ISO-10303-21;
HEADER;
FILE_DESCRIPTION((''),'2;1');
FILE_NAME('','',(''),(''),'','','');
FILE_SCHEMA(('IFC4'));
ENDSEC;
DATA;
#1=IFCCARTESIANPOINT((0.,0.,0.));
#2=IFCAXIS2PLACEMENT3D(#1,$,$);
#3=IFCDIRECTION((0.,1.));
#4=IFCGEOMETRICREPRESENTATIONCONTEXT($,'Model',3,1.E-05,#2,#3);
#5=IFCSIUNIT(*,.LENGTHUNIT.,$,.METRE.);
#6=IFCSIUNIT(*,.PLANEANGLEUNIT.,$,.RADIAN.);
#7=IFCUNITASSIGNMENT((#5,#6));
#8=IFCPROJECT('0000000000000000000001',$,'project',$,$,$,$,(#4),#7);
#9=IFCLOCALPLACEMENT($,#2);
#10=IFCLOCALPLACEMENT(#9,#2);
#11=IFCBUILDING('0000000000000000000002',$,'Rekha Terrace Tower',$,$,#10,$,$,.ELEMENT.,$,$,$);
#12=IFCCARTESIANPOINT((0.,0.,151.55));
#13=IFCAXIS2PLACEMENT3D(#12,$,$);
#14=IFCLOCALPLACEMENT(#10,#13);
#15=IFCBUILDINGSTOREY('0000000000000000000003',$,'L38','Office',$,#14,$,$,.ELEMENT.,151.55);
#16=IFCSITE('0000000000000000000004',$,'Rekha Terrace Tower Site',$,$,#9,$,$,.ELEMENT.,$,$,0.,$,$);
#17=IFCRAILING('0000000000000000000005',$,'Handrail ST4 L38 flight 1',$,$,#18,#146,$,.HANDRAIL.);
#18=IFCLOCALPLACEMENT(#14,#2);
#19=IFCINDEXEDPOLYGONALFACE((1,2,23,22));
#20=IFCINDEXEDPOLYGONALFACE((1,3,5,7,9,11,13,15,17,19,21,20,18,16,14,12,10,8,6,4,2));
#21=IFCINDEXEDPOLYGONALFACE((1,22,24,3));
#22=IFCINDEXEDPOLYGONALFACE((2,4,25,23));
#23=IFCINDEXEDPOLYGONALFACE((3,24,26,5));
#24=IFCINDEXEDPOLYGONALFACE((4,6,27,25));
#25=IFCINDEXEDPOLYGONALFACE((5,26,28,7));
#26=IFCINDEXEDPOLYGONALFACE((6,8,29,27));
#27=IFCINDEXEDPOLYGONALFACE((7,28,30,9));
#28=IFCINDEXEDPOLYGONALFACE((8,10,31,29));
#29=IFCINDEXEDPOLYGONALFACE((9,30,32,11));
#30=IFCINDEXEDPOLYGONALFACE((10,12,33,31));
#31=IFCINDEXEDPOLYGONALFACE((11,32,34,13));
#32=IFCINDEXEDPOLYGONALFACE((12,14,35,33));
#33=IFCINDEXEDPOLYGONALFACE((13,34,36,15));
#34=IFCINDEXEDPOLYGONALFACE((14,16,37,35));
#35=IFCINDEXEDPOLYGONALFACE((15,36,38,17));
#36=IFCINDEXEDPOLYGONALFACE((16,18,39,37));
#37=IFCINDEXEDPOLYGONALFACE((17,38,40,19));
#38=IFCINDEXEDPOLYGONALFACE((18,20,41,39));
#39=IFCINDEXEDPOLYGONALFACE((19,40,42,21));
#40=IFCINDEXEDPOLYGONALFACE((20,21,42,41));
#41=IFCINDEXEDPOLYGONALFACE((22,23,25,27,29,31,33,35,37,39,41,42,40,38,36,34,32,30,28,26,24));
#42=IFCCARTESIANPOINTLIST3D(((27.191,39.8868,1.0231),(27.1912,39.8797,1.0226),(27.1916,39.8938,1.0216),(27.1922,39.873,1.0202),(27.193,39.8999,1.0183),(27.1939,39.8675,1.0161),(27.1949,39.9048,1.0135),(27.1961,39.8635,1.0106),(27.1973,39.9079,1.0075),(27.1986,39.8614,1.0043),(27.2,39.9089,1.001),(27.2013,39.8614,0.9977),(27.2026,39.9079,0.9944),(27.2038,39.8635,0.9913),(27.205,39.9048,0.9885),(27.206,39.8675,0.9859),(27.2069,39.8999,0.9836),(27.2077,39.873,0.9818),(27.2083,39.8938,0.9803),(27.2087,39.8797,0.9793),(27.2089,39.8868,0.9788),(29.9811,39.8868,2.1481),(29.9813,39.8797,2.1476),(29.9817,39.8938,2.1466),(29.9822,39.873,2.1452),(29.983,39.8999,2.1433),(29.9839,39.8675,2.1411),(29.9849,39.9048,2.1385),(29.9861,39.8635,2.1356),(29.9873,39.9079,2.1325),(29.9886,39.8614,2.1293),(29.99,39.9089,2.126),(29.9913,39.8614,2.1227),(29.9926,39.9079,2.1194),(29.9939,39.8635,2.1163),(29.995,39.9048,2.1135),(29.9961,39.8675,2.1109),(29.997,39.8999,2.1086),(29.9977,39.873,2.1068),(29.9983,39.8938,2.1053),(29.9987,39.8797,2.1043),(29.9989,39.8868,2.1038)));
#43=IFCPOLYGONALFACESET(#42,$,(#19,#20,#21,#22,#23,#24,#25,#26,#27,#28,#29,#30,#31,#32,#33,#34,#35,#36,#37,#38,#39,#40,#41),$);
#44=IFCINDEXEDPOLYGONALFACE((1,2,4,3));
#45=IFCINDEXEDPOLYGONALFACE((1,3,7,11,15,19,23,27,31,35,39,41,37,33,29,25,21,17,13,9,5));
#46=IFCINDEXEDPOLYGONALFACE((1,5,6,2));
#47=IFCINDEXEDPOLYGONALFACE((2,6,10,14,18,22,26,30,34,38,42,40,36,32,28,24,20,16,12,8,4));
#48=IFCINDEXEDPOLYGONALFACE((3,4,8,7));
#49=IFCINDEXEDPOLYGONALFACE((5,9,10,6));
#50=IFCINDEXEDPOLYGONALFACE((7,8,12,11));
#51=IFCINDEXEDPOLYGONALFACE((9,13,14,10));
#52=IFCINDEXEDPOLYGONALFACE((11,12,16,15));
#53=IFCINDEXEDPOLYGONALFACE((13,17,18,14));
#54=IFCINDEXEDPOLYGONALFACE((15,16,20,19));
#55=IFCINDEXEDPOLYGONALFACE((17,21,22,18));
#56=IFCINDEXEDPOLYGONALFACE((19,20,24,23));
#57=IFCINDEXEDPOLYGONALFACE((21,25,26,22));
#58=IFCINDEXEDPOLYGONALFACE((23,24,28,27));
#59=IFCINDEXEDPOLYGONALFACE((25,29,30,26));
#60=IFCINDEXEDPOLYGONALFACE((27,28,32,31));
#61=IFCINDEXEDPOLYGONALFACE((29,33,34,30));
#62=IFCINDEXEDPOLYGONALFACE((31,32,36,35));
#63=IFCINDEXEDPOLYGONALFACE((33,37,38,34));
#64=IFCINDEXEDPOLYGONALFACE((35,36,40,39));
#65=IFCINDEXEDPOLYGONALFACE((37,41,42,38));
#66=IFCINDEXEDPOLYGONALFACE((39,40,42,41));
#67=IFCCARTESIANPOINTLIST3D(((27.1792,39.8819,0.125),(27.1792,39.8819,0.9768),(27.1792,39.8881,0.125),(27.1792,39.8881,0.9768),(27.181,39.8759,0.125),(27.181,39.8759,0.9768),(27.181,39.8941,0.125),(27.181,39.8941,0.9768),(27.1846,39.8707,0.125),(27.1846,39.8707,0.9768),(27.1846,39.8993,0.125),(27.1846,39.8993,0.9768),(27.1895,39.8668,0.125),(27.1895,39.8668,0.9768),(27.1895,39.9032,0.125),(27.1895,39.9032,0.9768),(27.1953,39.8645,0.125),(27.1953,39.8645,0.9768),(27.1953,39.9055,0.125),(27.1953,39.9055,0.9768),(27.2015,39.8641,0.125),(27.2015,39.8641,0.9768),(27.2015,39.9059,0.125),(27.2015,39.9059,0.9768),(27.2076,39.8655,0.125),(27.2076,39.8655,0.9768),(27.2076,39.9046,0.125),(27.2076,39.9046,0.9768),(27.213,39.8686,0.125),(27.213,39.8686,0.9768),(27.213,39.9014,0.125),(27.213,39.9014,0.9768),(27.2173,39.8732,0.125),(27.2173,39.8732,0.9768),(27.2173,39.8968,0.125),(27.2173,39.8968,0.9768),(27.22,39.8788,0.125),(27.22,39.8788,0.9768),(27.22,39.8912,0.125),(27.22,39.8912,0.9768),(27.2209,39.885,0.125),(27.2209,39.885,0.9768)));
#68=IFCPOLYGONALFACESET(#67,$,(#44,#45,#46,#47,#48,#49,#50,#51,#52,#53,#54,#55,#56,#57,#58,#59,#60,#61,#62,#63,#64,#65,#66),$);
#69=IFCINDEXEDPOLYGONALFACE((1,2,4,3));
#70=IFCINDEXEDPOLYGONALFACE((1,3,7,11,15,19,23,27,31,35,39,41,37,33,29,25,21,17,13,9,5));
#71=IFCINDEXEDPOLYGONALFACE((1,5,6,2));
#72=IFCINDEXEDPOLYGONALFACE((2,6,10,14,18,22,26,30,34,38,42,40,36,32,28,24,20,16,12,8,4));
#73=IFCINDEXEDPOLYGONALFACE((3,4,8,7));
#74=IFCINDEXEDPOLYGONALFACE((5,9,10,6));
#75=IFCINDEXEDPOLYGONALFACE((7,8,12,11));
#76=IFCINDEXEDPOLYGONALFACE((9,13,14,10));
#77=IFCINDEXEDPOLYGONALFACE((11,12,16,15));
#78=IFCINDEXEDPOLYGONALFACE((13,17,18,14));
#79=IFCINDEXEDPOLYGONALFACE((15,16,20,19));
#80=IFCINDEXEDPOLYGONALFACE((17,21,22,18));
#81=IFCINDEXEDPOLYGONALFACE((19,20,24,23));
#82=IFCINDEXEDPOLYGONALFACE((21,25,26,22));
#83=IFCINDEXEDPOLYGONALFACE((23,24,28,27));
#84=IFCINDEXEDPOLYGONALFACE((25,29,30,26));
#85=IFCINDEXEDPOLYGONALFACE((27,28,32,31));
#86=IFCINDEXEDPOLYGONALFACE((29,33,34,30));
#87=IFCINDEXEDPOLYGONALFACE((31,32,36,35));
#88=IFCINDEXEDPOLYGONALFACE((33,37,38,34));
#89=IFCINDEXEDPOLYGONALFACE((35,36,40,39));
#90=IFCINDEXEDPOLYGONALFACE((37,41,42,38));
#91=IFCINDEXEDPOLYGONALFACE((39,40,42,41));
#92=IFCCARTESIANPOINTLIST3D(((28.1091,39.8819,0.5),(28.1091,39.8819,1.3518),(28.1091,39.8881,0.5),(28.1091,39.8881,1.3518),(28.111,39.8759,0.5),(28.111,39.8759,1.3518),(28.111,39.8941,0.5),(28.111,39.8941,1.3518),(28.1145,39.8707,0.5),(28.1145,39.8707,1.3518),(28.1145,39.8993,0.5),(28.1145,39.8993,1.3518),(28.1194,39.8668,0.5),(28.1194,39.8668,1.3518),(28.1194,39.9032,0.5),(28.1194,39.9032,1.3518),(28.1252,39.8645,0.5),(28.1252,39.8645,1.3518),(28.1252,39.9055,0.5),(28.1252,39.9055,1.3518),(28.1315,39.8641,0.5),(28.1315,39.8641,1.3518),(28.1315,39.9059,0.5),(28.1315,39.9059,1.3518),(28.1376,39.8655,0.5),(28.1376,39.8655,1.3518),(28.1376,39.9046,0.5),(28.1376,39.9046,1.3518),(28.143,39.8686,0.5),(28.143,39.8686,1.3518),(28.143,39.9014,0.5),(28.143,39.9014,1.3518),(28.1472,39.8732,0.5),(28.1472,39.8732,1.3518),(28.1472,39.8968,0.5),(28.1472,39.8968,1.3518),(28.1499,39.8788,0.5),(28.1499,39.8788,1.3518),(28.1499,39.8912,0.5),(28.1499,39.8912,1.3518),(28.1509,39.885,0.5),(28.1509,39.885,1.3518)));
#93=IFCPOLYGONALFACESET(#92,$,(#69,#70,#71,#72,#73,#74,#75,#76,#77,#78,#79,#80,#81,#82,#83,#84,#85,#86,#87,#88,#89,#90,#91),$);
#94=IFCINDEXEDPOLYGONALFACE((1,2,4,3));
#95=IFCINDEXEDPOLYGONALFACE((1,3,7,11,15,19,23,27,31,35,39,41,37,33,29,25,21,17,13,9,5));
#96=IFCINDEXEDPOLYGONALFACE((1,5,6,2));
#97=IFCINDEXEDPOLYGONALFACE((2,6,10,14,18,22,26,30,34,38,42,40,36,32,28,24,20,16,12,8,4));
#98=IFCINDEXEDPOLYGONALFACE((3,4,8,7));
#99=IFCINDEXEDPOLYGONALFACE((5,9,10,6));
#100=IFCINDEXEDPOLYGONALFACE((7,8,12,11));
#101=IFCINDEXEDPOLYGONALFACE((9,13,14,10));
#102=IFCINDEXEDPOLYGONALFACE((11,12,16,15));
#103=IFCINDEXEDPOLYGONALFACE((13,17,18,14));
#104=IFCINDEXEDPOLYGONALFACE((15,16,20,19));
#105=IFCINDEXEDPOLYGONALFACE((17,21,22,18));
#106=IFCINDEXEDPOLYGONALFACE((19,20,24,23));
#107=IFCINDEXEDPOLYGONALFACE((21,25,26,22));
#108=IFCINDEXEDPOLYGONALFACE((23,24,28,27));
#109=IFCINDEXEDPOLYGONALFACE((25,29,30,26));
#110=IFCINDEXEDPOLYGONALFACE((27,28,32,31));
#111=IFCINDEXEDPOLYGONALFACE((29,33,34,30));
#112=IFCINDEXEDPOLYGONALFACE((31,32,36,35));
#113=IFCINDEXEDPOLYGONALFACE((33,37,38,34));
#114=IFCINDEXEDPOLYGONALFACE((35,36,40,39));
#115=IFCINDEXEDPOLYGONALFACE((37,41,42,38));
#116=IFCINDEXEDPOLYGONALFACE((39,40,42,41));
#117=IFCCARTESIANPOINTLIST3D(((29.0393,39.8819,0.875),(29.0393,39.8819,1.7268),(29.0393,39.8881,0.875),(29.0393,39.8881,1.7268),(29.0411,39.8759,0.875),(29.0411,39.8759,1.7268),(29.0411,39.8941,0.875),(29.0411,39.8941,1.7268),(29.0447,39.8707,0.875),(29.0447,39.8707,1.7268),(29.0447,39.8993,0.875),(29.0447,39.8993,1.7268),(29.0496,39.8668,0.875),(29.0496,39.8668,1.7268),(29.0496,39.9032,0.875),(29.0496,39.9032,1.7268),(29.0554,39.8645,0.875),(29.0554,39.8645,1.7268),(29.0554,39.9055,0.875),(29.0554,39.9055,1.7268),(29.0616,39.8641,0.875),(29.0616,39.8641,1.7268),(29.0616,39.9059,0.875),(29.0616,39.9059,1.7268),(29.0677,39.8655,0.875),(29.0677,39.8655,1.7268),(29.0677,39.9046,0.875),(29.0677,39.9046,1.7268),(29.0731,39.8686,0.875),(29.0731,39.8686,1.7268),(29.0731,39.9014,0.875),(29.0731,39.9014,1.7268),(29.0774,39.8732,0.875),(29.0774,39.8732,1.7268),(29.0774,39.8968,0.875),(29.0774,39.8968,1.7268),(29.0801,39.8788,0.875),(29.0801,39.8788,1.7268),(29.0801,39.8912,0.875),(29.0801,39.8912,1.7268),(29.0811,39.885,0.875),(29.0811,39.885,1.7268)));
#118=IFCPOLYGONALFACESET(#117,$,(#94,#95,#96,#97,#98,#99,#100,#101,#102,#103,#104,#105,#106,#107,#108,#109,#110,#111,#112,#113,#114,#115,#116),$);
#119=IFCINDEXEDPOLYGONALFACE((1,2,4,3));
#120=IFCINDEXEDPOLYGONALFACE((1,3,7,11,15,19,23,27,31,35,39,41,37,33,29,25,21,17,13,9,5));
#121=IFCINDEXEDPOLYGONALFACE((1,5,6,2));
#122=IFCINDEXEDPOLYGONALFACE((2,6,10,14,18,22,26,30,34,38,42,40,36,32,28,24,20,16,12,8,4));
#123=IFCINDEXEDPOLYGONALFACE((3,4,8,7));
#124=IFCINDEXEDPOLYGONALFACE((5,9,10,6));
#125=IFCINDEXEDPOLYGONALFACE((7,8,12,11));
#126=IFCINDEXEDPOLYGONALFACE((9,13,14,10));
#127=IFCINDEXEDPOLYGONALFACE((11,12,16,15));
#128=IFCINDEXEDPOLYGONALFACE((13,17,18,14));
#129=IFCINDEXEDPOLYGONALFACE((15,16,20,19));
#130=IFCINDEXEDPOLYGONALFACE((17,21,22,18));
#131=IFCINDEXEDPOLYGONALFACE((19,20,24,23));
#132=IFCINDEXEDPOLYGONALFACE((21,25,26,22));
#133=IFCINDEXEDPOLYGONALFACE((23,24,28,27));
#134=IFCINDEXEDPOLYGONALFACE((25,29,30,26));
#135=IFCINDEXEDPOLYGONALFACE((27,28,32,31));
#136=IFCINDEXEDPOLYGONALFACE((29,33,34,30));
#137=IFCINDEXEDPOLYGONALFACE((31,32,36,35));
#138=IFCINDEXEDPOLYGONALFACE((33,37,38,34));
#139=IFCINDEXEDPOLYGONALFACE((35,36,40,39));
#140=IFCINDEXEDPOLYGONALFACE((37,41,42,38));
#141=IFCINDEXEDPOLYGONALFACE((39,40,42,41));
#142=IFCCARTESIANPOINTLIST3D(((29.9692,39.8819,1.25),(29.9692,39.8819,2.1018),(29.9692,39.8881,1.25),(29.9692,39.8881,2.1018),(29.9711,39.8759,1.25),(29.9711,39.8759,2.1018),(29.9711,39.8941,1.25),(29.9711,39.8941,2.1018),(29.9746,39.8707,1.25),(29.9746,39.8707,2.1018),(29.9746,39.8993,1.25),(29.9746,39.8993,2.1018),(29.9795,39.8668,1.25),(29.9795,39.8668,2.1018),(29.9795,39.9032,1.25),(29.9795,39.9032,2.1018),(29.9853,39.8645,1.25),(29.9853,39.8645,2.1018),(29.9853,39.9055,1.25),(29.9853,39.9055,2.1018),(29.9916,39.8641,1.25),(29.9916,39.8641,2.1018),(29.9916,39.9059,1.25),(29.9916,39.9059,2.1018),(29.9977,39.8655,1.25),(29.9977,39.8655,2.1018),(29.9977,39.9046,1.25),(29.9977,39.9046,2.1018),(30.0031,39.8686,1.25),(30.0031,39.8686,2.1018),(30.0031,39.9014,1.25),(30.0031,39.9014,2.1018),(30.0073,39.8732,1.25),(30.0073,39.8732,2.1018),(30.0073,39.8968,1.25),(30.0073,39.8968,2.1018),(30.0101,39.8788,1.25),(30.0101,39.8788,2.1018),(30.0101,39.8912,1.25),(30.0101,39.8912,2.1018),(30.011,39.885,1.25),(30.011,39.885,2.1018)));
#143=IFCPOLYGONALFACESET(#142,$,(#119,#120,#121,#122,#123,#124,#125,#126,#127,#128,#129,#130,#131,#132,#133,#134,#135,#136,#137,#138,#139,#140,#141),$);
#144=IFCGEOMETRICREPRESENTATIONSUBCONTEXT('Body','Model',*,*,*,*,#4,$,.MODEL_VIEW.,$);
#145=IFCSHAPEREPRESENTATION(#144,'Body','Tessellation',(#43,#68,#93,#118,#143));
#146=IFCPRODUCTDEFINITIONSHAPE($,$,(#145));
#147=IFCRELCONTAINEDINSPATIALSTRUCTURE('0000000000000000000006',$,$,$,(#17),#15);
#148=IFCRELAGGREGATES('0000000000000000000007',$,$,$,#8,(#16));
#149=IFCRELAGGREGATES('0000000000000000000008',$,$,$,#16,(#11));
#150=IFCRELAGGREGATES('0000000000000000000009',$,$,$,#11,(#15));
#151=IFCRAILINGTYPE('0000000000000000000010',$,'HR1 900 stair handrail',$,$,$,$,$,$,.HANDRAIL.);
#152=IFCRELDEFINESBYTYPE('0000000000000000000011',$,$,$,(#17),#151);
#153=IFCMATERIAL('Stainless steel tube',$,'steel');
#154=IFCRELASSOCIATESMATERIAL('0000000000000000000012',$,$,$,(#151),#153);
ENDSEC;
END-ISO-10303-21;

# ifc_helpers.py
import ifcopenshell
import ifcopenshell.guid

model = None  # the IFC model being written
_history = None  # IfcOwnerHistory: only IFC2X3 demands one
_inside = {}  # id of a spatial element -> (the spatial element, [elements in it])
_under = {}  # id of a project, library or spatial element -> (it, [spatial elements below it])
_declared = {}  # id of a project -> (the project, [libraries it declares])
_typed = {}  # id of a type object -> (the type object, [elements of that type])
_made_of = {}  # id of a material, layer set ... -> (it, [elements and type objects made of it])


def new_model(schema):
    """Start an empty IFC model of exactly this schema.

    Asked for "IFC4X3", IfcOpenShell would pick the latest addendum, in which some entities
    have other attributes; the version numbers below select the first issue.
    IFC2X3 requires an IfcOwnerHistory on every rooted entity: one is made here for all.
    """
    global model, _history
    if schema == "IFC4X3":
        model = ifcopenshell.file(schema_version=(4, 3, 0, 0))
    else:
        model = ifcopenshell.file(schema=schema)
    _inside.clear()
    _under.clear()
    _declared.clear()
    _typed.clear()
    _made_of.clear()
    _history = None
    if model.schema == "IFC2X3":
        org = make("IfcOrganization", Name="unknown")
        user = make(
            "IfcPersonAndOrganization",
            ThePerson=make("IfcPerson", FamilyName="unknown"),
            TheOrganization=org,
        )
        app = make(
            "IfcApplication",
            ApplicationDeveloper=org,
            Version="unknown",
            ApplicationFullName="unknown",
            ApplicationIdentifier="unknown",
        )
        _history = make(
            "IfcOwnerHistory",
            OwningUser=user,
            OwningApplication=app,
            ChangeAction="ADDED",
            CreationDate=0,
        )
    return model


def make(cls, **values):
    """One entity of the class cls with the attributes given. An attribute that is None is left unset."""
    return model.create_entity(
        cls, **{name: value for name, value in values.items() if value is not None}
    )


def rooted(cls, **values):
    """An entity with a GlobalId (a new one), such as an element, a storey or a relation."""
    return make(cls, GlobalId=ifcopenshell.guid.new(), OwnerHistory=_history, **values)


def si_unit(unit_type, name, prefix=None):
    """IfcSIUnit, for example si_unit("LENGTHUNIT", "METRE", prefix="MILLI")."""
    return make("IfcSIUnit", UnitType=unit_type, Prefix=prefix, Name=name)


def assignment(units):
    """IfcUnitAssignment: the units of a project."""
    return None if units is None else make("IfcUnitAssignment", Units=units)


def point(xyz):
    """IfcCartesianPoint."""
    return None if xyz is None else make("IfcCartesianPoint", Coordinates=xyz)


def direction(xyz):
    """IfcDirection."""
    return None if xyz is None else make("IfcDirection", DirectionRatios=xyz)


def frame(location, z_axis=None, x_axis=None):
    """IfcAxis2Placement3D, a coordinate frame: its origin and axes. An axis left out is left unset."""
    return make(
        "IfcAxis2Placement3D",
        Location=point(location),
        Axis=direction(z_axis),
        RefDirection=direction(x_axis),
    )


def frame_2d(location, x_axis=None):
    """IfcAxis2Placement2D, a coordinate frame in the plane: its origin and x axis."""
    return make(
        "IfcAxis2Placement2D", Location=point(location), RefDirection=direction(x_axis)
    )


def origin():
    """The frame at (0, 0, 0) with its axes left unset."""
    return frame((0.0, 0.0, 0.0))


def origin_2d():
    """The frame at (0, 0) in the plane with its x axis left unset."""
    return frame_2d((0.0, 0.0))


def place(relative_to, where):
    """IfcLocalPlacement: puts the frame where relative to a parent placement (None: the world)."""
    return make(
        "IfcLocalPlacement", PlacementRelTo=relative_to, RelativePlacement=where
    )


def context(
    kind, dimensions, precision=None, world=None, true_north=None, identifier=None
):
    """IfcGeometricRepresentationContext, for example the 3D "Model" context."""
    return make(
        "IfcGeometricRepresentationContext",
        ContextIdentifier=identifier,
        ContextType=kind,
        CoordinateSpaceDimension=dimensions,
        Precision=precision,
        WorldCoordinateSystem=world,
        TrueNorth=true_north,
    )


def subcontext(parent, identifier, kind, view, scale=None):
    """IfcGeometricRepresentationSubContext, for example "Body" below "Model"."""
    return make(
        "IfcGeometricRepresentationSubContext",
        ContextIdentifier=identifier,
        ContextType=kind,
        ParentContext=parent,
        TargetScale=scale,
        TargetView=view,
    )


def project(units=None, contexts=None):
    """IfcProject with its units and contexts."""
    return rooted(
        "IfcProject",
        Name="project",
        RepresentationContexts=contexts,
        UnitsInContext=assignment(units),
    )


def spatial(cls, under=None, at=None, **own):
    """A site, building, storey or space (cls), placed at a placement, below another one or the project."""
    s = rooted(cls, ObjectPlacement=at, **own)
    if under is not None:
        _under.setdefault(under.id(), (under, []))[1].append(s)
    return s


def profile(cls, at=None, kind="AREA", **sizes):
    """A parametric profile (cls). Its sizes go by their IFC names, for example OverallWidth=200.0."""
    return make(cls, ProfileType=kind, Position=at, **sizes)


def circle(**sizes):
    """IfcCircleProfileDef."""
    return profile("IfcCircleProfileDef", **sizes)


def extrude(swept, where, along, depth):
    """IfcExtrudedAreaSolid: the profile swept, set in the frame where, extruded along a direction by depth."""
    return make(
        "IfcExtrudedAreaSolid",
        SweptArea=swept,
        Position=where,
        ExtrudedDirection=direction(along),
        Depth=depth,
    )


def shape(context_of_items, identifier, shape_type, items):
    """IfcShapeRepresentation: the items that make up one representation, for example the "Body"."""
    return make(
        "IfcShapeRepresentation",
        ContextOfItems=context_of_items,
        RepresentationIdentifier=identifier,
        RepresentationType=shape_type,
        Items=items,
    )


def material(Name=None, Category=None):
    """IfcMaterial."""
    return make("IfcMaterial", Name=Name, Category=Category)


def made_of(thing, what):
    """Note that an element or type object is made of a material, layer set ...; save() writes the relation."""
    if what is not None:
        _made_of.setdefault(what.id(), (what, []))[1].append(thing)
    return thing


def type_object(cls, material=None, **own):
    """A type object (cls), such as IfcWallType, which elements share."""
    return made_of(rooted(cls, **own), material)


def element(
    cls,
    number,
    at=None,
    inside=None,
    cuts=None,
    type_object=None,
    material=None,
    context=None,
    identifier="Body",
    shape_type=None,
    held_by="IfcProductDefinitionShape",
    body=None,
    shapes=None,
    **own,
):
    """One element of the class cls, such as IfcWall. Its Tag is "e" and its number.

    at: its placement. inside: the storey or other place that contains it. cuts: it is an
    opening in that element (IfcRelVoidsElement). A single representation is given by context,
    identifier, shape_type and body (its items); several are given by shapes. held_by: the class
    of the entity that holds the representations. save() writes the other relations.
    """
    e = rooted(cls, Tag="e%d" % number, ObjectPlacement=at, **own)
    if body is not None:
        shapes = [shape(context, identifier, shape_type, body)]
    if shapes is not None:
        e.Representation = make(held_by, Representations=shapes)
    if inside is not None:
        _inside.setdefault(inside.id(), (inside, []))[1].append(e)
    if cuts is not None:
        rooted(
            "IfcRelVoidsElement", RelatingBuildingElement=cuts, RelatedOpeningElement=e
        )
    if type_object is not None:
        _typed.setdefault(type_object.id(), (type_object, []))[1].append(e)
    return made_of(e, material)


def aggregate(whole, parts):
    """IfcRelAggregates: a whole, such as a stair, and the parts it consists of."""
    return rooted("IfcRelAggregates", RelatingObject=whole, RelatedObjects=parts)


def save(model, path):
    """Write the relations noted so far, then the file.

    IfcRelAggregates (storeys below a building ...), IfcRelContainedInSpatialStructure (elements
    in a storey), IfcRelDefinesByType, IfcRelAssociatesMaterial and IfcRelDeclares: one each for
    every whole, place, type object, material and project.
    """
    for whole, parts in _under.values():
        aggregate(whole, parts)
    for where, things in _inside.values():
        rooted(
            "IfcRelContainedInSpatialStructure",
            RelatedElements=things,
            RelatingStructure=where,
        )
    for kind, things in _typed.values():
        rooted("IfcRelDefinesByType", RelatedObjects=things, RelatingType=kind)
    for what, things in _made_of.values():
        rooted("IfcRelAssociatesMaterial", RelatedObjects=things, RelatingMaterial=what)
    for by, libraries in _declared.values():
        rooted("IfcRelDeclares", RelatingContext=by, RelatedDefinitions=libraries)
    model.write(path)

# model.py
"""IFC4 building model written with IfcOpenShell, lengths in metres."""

from ifc_helpers import new_model, si_unit, direction, frame, origin, origin_2d, place, context, subcontext, project, spatial, circle, extrude, material, type_object, element, save


model = new_model("IFC4")

# Units and contexts
model_context = context("Model", 3, precision=1e-05, world=origin(), true_north=direction((0.0, 1.0)))
body_context = subcontext(model_context, "Body", "Model", "MODEL_VIEW")
ifc_project = project(units=[si_unit("LENGTHUNIT", "METRE"), si_unit("PLANEANGLEUNIT", "RADIAN")], contexts=[model_context])

# Site, building, storey
site_placement = place(None, origin())
site = spatial("IfcSite", under=ifc_project, at=site_placement, Name="Rekha Terrace Tower Site", CompositionType="ELEMENT", RefElevation=0.0)
building_placement = place(site_placement, origin())
building = spatial("IfcBuilding", under=site, at=building_placement, Name="Rekha Terrace Tower", CompositionType="ELEMENT")
storey_placement = place(building_placement, frame((0.0, 0.0, 151.55)))
storey = spatial("IfcBuildingStorey", under=building, at=storey_placement, Name="L38", Description="Office", CompositionType="ELEMENT", Elevation=151.55)

# Railing
ifc_material_1 = material(Name="Stainless steel tube", Category="steel")
railing_type_1 = type_object("IfcRailingType", Name="HR1 900 stair handrail", PredefinedType="HANDRAIL", material=ifc_material_1)
railing_1_placement = place(storey_placement, frame((27.2, 39.885, 0.125)))
element("IfcRailing", 1, at=railing_1_placement, inside=storey, type_object=railing_type_1, Name="Handrail ST4 L38 flight 1", PredefinedType="HANDRAIL", context=body_context, shape_type="SweptSolid", body=[
    extrude(circle(Radius=0.0239, at=origin_2d()), frame((0.0, 0.0, 0.876), z_axis=(0.927443, 0.0, 0.373964), x_axis=(0.0, 1.0, 0.0)), (0.0, 0.0, 1.0), 3.0083),
    extrude(circle(Radius=0.021, at=origin_2d()), origin(), (0.0, 0.0, 1.0), 0.8518),
    extrude(circle(Radius=0.021, at=origin_2d()), frame((0.9299, 0.0, 0.375)), (0.0, 0.0, 1.0), 0.8518),
    extrude(circle(Radius=0.021, at=origin_2d()), frame((1.8601, 0.0, 0.75)), (0.0, 0.0, 1.0), 0.8518),
    extrude(circle(Radius=0.021, at=origin_2d()), frame((2.79, 0.0, 1.125)), (0.0, 0.0, 1.0), 0.8518),
])

save(model, "model.ifc")
